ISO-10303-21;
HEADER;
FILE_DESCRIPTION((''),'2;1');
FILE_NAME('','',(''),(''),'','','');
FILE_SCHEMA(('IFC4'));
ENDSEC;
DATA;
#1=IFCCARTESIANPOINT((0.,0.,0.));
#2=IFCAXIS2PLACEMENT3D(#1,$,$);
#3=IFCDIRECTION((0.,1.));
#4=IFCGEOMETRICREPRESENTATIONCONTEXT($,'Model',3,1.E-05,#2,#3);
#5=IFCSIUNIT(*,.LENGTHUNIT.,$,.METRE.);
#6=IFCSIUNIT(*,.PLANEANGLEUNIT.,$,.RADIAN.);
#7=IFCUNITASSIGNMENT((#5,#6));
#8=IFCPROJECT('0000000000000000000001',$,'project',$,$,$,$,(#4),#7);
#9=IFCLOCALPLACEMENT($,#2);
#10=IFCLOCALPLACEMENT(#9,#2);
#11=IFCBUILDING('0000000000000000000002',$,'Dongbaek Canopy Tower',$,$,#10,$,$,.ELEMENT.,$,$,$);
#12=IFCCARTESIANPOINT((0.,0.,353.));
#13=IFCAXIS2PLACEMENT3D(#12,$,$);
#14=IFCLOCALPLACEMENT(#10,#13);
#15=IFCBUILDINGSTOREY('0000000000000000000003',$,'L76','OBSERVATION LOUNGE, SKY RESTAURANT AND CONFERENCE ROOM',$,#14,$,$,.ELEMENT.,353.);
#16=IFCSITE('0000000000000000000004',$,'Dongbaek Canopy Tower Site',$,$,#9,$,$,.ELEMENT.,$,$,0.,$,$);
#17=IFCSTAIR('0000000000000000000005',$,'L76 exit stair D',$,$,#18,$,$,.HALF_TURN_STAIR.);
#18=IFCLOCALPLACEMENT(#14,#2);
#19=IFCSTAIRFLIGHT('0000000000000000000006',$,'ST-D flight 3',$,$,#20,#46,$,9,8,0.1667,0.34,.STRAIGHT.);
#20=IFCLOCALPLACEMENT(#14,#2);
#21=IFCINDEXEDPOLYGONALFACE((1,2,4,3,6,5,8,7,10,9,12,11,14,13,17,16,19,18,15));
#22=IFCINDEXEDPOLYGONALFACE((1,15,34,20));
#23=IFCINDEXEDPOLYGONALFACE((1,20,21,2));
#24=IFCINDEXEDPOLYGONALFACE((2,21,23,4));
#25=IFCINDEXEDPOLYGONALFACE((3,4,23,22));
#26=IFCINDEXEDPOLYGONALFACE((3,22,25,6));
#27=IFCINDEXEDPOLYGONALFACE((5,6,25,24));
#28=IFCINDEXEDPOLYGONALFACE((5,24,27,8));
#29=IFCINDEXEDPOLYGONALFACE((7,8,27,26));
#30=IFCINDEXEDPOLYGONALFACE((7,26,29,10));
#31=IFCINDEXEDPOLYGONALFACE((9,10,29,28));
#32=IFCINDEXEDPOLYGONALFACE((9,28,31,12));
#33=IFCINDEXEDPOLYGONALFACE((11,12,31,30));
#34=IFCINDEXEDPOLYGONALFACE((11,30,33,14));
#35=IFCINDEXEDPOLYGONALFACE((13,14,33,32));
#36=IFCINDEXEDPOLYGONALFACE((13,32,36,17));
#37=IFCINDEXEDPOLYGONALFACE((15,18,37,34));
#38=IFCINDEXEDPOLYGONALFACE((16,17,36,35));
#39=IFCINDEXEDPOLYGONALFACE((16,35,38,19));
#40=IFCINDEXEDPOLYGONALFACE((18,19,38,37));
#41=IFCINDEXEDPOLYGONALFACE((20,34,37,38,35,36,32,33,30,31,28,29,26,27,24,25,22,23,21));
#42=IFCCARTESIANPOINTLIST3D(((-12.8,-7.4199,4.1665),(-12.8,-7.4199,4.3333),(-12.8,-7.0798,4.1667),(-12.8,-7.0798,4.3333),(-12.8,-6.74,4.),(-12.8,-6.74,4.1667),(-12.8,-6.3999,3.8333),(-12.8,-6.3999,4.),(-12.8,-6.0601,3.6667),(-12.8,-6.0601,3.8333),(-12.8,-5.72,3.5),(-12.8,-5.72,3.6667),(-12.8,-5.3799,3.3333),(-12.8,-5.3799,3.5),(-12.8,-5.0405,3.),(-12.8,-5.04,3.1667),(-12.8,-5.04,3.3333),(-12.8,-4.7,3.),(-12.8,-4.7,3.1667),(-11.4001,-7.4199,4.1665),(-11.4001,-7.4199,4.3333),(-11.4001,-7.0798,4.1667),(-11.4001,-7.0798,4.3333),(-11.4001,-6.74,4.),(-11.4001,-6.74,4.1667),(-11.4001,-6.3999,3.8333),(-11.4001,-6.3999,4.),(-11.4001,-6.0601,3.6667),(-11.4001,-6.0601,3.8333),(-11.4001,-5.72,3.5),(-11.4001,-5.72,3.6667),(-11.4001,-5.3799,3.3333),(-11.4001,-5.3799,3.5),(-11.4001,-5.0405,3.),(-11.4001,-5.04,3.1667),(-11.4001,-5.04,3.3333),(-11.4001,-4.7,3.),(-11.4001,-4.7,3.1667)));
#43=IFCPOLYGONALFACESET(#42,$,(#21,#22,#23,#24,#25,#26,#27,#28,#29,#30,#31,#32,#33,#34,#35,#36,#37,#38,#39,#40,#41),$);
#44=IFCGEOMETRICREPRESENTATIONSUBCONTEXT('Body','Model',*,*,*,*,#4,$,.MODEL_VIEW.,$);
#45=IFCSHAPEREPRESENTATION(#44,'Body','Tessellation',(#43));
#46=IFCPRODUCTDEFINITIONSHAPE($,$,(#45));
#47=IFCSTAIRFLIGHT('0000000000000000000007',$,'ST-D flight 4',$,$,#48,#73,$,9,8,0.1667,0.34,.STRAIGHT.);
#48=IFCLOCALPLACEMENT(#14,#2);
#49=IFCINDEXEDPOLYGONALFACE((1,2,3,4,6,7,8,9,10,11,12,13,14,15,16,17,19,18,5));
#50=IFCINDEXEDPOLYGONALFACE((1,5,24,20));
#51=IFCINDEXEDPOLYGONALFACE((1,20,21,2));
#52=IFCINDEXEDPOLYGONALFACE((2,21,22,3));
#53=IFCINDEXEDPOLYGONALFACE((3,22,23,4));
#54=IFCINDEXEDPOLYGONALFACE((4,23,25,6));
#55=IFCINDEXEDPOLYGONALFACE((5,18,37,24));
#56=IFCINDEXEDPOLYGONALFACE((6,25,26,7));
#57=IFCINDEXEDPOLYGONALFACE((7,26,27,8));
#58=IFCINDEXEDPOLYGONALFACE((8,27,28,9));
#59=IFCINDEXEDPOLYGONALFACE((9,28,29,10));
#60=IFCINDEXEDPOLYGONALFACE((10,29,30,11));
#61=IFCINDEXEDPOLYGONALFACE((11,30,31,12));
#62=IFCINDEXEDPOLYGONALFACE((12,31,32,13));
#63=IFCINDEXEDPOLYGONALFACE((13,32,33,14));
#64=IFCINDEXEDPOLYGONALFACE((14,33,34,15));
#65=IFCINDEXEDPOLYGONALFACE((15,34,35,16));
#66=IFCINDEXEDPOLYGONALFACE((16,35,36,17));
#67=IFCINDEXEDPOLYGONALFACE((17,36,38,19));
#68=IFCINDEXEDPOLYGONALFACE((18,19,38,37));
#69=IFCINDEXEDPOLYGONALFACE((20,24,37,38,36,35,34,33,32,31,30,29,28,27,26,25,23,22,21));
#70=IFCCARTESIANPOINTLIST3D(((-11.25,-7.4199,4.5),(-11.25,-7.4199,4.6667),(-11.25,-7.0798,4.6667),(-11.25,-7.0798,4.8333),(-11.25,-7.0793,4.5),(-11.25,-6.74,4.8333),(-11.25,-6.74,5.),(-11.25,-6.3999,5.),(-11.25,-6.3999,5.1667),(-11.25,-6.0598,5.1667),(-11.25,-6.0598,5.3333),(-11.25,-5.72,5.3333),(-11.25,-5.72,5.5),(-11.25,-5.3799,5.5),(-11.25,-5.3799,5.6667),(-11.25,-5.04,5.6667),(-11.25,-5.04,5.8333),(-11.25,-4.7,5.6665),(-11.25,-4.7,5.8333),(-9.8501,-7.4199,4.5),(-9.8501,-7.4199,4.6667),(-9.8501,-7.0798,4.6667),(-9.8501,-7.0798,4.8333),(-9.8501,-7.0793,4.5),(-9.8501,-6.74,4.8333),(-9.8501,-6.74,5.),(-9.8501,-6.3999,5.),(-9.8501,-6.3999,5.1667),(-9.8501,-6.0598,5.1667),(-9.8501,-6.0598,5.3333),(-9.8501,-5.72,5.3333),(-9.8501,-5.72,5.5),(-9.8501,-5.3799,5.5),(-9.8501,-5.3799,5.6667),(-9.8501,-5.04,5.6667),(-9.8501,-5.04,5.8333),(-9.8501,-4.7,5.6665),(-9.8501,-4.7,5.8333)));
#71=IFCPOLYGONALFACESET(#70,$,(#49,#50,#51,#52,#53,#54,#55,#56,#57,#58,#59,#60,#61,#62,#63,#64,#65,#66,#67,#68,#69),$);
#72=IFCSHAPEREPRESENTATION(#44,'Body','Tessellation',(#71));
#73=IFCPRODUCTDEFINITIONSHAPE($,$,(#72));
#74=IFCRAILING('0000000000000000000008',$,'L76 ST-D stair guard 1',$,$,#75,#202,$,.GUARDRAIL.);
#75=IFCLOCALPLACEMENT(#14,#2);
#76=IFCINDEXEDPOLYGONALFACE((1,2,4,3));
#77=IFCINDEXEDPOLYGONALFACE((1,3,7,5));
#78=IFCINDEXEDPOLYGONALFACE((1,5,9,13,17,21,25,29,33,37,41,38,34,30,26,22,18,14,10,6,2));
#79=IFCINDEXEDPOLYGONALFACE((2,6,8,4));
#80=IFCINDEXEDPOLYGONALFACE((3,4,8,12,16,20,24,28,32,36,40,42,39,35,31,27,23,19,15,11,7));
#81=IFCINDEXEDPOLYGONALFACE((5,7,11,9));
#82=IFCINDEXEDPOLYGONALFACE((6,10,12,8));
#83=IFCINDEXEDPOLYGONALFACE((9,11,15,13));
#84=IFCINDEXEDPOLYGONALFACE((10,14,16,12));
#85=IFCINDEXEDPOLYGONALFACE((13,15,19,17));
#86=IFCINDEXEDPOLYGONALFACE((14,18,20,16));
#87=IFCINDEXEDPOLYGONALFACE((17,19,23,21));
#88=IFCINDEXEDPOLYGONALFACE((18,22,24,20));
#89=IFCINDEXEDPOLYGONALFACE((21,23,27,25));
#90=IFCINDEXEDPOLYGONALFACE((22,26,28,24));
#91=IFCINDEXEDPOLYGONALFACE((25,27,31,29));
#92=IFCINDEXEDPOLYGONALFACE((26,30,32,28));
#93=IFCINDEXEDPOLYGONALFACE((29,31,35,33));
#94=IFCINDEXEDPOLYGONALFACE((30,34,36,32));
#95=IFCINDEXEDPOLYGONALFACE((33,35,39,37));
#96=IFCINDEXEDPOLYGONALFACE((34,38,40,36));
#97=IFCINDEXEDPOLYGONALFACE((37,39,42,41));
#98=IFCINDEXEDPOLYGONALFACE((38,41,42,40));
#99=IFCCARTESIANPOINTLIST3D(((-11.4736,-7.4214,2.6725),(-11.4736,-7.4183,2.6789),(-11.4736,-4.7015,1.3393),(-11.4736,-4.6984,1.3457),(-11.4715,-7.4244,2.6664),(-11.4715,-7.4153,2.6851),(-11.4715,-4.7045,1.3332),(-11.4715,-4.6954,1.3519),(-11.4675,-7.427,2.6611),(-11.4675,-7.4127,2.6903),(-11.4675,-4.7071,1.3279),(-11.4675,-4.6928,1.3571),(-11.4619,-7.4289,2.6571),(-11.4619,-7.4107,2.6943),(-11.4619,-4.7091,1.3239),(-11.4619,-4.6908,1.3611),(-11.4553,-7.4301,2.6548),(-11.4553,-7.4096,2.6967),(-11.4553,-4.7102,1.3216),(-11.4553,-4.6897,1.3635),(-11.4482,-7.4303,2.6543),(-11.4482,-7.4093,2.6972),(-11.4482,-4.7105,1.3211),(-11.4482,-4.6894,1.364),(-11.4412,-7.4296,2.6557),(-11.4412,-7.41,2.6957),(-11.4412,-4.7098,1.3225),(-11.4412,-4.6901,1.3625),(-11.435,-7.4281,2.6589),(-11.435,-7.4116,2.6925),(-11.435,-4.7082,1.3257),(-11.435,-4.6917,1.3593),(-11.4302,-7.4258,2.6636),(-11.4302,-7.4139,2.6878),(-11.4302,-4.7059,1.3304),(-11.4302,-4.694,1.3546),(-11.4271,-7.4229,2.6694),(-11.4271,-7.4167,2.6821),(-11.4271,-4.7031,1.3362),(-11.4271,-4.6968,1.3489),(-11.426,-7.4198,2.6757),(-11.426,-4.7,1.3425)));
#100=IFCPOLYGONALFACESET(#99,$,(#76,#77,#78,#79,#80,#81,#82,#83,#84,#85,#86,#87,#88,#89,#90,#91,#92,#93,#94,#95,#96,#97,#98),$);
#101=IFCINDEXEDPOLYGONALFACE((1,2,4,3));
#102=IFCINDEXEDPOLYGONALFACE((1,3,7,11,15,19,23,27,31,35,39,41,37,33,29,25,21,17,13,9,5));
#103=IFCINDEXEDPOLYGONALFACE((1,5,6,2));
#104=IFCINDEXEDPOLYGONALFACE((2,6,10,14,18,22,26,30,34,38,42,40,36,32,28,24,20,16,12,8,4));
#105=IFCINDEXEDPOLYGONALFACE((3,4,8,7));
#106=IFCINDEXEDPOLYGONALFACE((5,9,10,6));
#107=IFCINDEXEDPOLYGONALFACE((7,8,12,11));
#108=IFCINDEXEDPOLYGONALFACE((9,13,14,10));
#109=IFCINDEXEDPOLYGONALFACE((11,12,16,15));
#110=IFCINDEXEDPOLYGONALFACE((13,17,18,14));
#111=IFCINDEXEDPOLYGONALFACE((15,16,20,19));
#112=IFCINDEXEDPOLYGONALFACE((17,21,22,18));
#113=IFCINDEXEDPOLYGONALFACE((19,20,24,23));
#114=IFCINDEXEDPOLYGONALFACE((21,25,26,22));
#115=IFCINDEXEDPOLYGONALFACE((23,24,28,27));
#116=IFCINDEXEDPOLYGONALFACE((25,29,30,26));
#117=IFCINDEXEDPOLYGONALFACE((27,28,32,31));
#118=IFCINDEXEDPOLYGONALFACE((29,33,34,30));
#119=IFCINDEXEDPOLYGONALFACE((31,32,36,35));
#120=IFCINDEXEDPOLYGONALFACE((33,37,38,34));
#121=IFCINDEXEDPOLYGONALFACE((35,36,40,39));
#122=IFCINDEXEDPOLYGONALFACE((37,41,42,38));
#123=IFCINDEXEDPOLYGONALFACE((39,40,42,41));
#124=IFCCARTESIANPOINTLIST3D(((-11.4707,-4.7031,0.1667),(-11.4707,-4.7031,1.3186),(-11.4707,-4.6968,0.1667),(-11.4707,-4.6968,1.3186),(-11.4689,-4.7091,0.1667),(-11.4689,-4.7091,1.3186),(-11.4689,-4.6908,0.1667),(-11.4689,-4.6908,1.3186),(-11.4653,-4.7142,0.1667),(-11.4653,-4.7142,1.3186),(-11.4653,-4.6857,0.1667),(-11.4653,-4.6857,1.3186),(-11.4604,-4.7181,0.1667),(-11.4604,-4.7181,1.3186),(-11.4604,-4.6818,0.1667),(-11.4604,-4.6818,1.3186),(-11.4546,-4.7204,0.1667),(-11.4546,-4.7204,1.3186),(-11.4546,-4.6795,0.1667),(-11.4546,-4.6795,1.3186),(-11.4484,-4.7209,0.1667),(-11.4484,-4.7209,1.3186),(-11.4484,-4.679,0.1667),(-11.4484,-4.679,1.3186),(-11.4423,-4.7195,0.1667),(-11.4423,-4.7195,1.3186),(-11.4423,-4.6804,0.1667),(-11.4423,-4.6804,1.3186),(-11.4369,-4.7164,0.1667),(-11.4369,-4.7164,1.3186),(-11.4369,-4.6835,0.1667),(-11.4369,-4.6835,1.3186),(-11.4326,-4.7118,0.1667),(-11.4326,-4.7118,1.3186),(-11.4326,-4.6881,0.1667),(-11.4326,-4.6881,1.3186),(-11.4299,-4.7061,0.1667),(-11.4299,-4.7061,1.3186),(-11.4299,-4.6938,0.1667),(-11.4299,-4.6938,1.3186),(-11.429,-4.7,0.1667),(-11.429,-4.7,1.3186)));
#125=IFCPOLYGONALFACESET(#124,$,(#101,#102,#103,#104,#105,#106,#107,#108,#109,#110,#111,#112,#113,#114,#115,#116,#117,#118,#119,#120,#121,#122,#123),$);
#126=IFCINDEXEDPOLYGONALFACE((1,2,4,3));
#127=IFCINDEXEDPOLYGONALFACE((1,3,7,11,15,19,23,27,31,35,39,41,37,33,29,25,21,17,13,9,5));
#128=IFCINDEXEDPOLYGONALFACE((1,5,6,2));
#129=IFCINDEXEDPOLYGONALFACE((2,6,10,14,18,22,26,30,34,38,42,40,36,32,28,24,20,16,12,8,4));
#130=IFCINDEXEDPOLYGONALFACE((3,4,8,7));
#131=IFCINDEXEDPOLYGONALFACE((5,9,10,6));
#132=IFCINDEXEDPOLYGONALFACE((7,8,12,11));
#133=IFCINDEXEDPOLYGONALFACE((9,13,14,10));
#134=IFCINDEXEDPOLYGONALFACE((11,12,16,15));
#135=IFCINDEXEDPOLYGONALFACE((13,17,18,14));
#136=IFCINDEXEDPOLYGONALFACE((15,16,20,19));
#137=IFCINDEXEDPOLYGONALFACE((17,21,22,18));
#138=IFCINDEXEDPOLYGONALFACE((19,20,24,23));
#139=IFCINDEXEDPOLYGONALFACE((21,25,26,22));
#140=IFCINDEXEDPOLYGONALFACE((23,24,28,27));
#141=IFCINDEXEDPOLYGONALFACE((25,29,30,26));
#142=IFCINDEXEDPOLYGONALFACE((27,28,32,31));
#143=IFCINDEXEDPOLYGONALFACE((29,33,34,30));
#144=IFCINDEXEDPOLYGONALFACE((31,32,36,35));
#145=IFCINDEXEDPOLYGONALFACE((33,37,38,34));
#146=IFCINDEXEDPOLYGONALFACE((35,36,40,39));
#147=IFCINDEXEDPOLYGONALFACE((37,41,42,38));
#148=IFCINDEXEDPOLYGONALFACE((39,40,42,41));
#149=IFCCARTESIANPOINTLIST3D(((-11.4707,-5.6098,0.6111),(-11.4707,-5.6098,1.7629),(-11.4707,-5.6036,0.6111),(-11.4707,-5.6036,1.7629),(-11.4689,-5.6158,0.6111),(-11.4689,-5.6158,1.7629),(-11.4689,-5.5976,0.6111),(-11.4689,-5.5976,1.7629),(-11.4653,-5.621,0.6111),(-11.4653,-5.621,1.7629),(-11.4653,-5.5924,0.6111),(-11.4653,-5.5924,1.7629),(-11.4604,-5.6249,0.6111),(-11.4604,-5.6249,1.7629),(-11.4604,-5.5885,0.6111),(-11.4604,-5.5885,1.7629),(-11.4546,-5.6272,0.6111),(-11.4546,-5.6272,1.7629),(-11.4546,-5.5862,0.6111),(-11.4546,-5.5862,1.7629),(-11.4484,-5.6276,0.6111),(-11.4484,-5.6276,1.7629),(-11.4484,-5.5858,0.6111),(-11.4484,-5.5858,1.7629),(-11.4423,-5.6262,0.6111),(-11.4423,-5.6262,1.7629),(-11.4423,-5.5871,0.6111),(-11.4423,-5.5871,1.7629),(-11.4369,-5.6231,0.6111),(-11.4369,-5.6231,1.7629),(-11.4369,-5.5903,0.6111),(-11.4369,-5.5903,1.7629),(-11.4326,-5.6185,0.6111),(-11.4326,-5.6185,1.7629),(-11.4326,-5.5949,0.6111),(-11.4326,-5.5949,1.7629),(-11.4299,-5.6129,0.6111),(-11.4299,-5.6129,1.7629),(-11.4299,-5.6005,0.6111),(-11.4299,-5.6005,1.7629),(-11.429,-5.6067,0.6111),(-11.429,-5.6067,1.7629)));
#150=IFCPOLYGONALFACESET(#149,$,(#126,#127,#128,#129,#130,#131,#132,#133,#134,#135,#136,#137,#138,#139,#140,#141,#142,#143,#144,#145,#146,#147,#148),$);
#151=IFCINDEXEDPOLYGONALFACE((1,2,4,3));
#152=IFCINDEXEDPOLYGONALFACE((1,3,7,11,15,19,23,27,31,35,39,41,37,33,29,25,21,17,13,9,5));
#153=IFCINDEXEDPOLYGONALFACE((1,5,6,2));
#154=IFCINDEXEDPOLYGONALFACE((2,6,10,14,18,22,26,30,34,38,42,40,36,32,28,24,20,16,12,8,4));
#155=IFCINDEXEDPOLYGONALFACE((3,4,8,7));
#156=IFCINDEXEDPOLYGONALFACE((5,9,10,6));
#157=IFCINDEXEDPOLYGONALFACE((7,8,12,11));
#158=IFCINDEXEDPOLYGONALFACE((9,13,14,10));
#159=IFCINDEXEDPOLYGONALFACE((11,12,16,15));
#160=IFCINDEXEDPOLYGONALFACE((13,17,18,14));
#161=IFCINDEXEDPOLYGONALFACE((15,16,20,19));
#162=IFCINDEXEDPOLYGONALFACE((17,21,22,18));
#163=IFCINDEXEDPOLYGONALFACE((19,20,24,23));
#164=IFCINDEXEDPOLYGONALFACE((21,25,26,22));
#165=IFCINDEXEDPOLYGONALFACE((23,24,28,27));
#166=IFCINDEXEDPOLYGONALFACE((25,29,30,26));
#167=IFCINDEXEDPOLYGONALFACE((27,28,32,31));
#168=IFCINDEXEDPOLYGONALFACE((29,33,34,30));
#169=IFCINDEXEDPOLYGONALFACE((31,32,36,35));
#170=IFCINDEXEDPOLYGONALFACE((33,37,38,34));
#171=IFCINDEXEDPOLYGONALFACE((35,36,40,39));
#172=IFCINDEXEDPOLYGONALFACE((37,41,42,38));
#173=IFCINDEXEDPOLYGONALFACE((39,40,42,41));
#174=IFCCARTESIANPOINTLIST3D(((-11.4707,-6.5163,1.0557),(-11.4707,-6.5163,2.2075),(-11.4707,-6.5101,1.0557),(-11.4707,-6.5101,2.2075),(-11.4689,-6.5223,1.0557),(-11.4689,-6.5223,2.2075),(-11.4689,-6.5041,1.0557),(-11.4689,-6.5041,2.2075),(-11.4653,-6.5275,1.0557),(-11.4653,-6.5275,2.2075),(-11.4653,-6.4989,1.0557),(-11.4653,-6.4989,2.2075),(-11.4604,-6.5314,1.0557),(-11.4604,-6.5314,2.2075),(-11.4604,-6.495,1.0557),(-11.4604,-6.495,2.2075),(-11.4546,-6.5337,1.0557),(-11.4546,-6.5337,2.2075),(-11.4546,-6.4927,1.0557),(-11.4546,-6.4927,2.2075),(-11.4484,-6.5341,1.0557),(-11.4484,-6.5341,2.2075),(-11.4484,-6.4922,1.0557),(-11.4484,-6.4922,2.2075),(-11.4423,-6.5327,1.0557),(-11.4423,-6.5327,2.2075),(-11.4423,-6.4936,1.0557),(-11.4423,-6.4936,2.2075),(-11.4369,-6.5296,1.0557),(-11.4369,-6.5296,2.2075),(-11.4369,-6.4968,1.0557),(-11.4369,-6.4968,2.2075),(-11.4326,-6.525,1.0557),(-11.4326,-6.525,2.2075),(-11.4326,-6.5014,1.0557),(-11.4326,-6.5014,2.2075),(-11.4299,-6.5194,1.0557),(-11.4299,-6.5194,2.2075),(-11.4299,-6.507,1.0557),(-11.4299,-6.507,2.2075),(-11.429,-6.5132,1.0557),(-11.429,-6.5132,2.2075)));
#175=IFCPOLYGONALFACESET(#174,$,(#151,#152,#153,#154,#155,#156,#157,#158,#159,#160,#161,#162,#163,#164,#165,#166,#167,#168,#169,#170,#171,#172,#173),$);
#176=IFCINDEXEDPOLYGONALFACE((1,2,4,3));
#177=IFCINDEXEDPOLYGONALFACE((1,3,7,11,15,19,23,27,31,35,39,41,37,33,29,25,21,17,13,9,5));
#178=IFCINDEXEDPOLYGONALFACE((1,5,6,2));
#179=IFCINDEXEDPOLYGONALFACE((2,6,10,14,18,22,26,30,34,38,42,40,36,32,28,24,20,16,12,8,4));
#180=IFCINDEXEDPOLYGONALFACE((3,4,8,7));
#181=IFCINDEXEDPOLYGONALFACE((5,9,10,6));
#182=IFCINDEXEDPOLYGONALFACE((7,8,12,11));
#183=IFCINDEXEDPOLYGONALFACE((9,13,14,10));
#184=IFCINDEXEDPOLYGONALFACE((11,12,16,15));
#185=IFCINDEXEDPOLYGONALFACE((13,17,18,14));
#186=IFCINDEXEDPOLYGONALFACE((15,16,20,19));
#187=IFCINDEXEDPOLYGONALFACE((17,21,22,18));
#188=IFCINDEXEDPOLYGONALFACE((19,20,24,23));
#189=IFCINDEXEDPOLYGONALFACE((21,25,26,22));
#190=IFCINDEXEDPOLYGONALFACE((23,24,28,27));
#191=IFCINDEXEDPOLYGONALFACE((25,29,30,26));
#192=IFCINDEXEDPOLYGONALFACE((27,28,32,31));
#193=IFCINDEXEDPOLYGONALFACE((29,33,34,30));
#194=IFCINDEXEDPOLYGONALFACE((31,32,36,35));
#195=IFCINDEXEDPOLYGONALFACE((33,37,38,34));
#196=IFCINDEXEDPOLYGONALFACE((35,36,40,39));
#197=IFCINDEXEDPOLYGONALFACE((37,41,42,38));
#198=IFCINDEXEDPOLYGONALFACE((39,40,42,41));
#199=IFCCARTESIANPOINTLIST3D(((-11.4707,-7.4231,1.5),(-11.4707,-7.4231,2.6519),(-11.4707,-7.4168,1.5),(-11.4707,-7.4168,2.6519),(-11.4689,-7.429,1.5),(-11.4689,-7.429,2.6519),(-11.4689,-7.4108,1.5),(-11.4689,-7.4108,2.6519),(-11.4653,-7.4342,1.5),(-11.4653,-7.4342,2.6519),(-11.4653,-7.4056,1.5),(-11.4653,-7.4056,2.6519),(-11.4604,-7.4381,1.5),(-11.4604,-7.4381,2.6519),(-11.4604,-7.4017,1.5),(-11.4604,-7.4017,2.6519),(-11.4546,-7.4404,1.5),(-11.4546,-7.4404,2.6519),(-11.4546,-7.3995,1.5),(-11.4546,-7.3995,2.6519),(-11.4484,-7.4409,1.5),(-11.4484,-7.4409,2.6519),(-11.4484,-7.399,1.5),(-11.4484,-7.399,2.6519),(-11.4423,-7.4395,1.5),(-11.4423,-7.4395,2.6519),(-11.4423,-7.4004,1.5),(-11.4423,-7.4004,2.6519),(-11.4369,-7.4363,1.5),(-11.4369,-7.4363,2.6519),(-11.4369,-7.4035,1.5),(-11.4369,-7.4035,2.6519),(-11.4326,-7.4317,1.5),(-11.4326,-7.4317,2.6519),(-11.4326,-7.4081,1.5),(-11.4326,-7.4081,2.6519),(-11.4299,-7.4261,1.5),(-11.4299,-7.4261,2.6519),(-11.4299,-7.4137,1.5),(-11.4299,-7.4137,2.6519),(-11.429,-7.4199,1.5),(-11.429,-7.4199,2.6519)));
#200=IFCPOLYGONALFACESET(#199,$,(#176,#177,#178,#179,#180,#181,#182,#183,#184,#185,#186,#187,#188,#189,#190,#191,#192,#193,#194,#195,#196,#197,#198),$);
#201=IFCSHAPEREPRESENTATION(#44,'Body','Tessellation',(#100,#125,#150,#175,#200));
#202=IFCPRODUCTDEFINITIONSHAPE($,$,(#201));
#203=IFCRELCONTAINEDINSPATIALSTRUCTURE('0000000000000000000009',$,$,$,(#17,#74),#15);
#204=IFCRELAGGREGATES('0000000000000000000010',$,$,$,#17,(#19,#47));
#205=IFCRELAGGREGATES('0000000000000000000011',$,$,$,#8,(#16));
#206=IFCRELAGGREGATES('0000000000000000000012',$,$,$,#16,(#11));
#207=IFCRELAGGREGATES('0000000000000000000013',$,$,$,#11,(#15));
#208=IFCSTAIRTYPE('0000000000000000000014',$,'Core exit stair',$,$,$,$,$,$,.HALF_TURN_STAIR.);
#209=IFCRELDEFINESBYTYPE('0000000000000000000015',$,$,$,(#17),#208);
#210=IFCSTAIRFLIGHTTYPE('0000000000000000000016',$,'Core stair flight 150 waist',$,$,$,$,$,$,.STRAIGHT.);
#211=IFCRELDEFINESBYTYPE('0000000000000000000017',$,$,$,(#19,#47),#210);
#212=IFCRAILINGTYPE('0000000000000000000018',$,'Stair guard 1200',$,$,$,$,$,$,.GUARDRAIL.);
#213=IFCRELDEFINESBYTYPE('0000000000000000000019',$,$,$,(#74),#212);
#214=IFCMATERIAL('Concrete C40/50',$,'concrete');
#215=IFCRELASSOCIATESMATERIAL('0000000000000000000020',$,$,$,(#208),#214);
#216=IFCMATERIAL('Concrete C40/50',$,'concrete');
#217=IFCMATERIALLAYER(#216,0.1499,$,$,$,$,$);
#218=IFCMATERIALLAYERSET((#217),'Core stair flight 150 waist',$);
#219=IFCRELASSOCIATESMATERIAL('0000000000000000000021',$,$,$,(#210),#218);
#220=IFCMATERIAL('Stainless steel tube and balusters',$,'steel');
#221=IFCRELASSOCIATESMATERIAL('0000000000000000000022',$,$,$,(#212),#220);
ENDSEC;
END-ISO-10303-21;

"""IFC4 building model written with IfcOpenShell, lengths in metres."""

from ifc_helpers import new_model, si_unit, direction, frame, origin, origin_2d, place, context, subcontext, project, spatial, polyline, circle, outline, extrude, material, layer, layer_set, type_object, element, aggregate, save


model = new_model("IFC4")

# Units and contexts
model_context = context("Model", 3, precision=1e-05, world=origin(), true_north=direction((0.0, 1.0)))
body_context = subcontext(model_context, "Body", "Model", "MODEL_VIEW")
ifc_project = project(units=[si_unit("LENGTHUNIT", "METRE"), si_unit("PLANEANGLEUNIT", "RADIAN")], contexts=[model_context])

# Site, building, storey
site_placement = place(None, origin())
site = spatial("IfcSite", under=ifc_project, at=site_placement, Name="Dongbaek Canopy Tower Site", CompositionType="ELEMENT", RefElevation=0.0)
building_placement = place(site_placement, origin())
building = spatial("IfcBuilding", under=site, at=building_placement, Name="Dongbaek Canopy Tower", CompositionType="ELEMENT")
storey_placement = place(building_placement, frame((0.0, 0.0, 353.0)))
storey = spatial("IfcBuildingStorey", under=building, at=storey_placement, Name="L76", Description="OBSERVATION LOUNGE, SKY RESTAURANT AND CONFERENCE ROOM", CompositionType="ELEMENT", Elevation=353.0)

# Stair, stair flights
ifc_material_1 = material(Name="Concrete C40/50", Category="concrete")
stair_type = type_object("IfcStairType", Name="Core exit stair", PredefinedType="HALF_TURN_STAIR", material=ifc_material_1)
stair_placement = place(storey_placement, origin())
stair = element("IfcStair", 1, at=stair_placement, inside=storey, type_object=stair_type, Name="L76 exit stair D", PredefinedType="HALF_TURN_STAIR")
ifc_material_2 = material(Name="Concrete C40/50", Category="concrete")
ifc_layer_1 = layer(ifc_material_2, 0.1499)
ifc_layer_set_1 = layer_set([ifc_layer_1], Name="Core stair flight 150 waist")
stair_flight_type = type_object("IfcStairFlightType", Name="Core stair flight 150 waist", PredefinedType="STRAIGHT", material=ifc_layer_set_1)
stair_flight_1_placement = place(storey_placement, frame((-12.1001, -4.7, 3.0), z_axis=(0.0, 0.0, 1.0), x_axis=(0.0, -1.0, 0.0)))
stair_flight_1 = element("IfcStairFlight", 2, at=stair_flight_1_placement, type_object=stair_flight_type, Name="ST-D flight 3", NumberOfRisers=9, NumberOfTreads=8, PredefinedType="STRAIGHT", RiserHeight=0.1667, TreadLength=0.34, context=body_context, shape_type="SweptSolid", body=[
    extrude(outline(polyline([(0.0, 0.0), (0.0, 0.1667), (0.3401, 0.1667), (0.3401, 0.3333), (0.6799, 0.3333), (0.6799, 0.5), (1.02, 0.5), (1.02, 0.6667), (1.3601, 0.6667), (1.3601, 0.8333), (1.7, 0.8333), (1.7, 1.0), (2.04, 1.0), (2.04, 1.1667), (2.3799, 1.1667), (2.3799, 1.3333), (2.72, 1.3333), (2.72, 1.5), (2.72, 1.1665), (0.3406, 0.0), (0.0, 0.0)])), frame((0.0, 0.7, 0.0), z_axis=(0.0, -1.0, 0.0), x_axis=(1.0, 0.0, 0.0)), (0.0, 0.0, 1.0), 1.3999),
])
stair_flight_2_placement = place(storey_placement, frame((-10.55, -7.4199, 4.5), z_axis=(0.0, 0.0, 1.0), x_axis=(0.0, 1.0, 0.0)))
stair_flight_2 = element("IfcStairFlight", 3, at=stair_flight_2_placement, type_object=stair_flight_type, Name="ST-D flight 4", NumberOfRisers=9, NumberOfTreads=8, PredefinedType="STRAIGHT", RiserHeight=0.1667, TreadLength=0.34, context=body_context, shape_type="SweptSolid", body=[
    extrude(outline(polyline([(0.0, 0.0), (0.0, 0.1667), (0.3401, 0.1667), (0.3401, 0.3333), (0.6799, 0.3333), (0.6799, 0.5), (1.02, 0.5), (1.02, 0.6667), (1.3601, 0.6667), (1.3601, 0.8333), (1.7, 0.8333), (1.7, 1.0), (2.04, 1.0), (2.04, 1.1667), (2.3799, 1.1667), (2.3799, 1.3333), (2.72, 1.3333), (2.72, 1.5), (2.72, 1.1665), (0.3406, 0.0), (0.0, 0.0)])), frame((0.0, 0.7, 0.0), z_axis=(0.0, -1.0, 0.0), x_axis=(1.0, 0.0, 0.0)), (0.0, 0.0, 1.0), 1.3999),
])
aggregate(stair, [stair_flight_1, stair_flight_2])

# Railing
ifc_material_3 = material(Name="Stainless steel tube and balusters", Category="steel")
railing_type_1 = type_object("IfcRailingType", Name="Stair guard 1200", PredefinedType="GUARDRAIL", material=ifc_material_3)
railing_1_placement = place(storey_placement, frame((-11.45, -4.7, 0.1667)))
element("IfcRailing", 4, at=railing_1_placement, inside=storey, type_object=railing_type_1, Name="L76 ST-D stair guard 1", PredefinedType="GUARDRAIL", context=body_context, shape_type="SweptSolid", body=[
    extrude(circle(Radius=0.0239, at=origin_2d()), frame((0.0, 0.0, 1.1758), z_axis=(0.0, -0.897929, 0.440139), x_axis=(1.0, 0.0, 0.0)), (0.0, 0.0, 1.0), 3.0291),
    extrude(circle(Radius=0.021, at=origin_2d()), origin(), (0.0, 0.0, 1.0), 1.1519),
    extrude(circle(Radius=0.021, at=origin_2d()), frame((0.0, -0.9067, 0.4443)), (0.0, 0.0, 1.0), 1.1519),
    extrude(circle(Radius=0.021, at=origin_2d()), frame((0.0, -1.8132, 0.8889)), (0.0, 0.0, 1.0), 1.1519),
    extrude(circle(Radius=0.021, at=origin_2d()), frame((0.0, -2.72, 1.3333)), (0.0, 0.0, 1.0), 1.1519),
])

save(model, "model.ifc")
